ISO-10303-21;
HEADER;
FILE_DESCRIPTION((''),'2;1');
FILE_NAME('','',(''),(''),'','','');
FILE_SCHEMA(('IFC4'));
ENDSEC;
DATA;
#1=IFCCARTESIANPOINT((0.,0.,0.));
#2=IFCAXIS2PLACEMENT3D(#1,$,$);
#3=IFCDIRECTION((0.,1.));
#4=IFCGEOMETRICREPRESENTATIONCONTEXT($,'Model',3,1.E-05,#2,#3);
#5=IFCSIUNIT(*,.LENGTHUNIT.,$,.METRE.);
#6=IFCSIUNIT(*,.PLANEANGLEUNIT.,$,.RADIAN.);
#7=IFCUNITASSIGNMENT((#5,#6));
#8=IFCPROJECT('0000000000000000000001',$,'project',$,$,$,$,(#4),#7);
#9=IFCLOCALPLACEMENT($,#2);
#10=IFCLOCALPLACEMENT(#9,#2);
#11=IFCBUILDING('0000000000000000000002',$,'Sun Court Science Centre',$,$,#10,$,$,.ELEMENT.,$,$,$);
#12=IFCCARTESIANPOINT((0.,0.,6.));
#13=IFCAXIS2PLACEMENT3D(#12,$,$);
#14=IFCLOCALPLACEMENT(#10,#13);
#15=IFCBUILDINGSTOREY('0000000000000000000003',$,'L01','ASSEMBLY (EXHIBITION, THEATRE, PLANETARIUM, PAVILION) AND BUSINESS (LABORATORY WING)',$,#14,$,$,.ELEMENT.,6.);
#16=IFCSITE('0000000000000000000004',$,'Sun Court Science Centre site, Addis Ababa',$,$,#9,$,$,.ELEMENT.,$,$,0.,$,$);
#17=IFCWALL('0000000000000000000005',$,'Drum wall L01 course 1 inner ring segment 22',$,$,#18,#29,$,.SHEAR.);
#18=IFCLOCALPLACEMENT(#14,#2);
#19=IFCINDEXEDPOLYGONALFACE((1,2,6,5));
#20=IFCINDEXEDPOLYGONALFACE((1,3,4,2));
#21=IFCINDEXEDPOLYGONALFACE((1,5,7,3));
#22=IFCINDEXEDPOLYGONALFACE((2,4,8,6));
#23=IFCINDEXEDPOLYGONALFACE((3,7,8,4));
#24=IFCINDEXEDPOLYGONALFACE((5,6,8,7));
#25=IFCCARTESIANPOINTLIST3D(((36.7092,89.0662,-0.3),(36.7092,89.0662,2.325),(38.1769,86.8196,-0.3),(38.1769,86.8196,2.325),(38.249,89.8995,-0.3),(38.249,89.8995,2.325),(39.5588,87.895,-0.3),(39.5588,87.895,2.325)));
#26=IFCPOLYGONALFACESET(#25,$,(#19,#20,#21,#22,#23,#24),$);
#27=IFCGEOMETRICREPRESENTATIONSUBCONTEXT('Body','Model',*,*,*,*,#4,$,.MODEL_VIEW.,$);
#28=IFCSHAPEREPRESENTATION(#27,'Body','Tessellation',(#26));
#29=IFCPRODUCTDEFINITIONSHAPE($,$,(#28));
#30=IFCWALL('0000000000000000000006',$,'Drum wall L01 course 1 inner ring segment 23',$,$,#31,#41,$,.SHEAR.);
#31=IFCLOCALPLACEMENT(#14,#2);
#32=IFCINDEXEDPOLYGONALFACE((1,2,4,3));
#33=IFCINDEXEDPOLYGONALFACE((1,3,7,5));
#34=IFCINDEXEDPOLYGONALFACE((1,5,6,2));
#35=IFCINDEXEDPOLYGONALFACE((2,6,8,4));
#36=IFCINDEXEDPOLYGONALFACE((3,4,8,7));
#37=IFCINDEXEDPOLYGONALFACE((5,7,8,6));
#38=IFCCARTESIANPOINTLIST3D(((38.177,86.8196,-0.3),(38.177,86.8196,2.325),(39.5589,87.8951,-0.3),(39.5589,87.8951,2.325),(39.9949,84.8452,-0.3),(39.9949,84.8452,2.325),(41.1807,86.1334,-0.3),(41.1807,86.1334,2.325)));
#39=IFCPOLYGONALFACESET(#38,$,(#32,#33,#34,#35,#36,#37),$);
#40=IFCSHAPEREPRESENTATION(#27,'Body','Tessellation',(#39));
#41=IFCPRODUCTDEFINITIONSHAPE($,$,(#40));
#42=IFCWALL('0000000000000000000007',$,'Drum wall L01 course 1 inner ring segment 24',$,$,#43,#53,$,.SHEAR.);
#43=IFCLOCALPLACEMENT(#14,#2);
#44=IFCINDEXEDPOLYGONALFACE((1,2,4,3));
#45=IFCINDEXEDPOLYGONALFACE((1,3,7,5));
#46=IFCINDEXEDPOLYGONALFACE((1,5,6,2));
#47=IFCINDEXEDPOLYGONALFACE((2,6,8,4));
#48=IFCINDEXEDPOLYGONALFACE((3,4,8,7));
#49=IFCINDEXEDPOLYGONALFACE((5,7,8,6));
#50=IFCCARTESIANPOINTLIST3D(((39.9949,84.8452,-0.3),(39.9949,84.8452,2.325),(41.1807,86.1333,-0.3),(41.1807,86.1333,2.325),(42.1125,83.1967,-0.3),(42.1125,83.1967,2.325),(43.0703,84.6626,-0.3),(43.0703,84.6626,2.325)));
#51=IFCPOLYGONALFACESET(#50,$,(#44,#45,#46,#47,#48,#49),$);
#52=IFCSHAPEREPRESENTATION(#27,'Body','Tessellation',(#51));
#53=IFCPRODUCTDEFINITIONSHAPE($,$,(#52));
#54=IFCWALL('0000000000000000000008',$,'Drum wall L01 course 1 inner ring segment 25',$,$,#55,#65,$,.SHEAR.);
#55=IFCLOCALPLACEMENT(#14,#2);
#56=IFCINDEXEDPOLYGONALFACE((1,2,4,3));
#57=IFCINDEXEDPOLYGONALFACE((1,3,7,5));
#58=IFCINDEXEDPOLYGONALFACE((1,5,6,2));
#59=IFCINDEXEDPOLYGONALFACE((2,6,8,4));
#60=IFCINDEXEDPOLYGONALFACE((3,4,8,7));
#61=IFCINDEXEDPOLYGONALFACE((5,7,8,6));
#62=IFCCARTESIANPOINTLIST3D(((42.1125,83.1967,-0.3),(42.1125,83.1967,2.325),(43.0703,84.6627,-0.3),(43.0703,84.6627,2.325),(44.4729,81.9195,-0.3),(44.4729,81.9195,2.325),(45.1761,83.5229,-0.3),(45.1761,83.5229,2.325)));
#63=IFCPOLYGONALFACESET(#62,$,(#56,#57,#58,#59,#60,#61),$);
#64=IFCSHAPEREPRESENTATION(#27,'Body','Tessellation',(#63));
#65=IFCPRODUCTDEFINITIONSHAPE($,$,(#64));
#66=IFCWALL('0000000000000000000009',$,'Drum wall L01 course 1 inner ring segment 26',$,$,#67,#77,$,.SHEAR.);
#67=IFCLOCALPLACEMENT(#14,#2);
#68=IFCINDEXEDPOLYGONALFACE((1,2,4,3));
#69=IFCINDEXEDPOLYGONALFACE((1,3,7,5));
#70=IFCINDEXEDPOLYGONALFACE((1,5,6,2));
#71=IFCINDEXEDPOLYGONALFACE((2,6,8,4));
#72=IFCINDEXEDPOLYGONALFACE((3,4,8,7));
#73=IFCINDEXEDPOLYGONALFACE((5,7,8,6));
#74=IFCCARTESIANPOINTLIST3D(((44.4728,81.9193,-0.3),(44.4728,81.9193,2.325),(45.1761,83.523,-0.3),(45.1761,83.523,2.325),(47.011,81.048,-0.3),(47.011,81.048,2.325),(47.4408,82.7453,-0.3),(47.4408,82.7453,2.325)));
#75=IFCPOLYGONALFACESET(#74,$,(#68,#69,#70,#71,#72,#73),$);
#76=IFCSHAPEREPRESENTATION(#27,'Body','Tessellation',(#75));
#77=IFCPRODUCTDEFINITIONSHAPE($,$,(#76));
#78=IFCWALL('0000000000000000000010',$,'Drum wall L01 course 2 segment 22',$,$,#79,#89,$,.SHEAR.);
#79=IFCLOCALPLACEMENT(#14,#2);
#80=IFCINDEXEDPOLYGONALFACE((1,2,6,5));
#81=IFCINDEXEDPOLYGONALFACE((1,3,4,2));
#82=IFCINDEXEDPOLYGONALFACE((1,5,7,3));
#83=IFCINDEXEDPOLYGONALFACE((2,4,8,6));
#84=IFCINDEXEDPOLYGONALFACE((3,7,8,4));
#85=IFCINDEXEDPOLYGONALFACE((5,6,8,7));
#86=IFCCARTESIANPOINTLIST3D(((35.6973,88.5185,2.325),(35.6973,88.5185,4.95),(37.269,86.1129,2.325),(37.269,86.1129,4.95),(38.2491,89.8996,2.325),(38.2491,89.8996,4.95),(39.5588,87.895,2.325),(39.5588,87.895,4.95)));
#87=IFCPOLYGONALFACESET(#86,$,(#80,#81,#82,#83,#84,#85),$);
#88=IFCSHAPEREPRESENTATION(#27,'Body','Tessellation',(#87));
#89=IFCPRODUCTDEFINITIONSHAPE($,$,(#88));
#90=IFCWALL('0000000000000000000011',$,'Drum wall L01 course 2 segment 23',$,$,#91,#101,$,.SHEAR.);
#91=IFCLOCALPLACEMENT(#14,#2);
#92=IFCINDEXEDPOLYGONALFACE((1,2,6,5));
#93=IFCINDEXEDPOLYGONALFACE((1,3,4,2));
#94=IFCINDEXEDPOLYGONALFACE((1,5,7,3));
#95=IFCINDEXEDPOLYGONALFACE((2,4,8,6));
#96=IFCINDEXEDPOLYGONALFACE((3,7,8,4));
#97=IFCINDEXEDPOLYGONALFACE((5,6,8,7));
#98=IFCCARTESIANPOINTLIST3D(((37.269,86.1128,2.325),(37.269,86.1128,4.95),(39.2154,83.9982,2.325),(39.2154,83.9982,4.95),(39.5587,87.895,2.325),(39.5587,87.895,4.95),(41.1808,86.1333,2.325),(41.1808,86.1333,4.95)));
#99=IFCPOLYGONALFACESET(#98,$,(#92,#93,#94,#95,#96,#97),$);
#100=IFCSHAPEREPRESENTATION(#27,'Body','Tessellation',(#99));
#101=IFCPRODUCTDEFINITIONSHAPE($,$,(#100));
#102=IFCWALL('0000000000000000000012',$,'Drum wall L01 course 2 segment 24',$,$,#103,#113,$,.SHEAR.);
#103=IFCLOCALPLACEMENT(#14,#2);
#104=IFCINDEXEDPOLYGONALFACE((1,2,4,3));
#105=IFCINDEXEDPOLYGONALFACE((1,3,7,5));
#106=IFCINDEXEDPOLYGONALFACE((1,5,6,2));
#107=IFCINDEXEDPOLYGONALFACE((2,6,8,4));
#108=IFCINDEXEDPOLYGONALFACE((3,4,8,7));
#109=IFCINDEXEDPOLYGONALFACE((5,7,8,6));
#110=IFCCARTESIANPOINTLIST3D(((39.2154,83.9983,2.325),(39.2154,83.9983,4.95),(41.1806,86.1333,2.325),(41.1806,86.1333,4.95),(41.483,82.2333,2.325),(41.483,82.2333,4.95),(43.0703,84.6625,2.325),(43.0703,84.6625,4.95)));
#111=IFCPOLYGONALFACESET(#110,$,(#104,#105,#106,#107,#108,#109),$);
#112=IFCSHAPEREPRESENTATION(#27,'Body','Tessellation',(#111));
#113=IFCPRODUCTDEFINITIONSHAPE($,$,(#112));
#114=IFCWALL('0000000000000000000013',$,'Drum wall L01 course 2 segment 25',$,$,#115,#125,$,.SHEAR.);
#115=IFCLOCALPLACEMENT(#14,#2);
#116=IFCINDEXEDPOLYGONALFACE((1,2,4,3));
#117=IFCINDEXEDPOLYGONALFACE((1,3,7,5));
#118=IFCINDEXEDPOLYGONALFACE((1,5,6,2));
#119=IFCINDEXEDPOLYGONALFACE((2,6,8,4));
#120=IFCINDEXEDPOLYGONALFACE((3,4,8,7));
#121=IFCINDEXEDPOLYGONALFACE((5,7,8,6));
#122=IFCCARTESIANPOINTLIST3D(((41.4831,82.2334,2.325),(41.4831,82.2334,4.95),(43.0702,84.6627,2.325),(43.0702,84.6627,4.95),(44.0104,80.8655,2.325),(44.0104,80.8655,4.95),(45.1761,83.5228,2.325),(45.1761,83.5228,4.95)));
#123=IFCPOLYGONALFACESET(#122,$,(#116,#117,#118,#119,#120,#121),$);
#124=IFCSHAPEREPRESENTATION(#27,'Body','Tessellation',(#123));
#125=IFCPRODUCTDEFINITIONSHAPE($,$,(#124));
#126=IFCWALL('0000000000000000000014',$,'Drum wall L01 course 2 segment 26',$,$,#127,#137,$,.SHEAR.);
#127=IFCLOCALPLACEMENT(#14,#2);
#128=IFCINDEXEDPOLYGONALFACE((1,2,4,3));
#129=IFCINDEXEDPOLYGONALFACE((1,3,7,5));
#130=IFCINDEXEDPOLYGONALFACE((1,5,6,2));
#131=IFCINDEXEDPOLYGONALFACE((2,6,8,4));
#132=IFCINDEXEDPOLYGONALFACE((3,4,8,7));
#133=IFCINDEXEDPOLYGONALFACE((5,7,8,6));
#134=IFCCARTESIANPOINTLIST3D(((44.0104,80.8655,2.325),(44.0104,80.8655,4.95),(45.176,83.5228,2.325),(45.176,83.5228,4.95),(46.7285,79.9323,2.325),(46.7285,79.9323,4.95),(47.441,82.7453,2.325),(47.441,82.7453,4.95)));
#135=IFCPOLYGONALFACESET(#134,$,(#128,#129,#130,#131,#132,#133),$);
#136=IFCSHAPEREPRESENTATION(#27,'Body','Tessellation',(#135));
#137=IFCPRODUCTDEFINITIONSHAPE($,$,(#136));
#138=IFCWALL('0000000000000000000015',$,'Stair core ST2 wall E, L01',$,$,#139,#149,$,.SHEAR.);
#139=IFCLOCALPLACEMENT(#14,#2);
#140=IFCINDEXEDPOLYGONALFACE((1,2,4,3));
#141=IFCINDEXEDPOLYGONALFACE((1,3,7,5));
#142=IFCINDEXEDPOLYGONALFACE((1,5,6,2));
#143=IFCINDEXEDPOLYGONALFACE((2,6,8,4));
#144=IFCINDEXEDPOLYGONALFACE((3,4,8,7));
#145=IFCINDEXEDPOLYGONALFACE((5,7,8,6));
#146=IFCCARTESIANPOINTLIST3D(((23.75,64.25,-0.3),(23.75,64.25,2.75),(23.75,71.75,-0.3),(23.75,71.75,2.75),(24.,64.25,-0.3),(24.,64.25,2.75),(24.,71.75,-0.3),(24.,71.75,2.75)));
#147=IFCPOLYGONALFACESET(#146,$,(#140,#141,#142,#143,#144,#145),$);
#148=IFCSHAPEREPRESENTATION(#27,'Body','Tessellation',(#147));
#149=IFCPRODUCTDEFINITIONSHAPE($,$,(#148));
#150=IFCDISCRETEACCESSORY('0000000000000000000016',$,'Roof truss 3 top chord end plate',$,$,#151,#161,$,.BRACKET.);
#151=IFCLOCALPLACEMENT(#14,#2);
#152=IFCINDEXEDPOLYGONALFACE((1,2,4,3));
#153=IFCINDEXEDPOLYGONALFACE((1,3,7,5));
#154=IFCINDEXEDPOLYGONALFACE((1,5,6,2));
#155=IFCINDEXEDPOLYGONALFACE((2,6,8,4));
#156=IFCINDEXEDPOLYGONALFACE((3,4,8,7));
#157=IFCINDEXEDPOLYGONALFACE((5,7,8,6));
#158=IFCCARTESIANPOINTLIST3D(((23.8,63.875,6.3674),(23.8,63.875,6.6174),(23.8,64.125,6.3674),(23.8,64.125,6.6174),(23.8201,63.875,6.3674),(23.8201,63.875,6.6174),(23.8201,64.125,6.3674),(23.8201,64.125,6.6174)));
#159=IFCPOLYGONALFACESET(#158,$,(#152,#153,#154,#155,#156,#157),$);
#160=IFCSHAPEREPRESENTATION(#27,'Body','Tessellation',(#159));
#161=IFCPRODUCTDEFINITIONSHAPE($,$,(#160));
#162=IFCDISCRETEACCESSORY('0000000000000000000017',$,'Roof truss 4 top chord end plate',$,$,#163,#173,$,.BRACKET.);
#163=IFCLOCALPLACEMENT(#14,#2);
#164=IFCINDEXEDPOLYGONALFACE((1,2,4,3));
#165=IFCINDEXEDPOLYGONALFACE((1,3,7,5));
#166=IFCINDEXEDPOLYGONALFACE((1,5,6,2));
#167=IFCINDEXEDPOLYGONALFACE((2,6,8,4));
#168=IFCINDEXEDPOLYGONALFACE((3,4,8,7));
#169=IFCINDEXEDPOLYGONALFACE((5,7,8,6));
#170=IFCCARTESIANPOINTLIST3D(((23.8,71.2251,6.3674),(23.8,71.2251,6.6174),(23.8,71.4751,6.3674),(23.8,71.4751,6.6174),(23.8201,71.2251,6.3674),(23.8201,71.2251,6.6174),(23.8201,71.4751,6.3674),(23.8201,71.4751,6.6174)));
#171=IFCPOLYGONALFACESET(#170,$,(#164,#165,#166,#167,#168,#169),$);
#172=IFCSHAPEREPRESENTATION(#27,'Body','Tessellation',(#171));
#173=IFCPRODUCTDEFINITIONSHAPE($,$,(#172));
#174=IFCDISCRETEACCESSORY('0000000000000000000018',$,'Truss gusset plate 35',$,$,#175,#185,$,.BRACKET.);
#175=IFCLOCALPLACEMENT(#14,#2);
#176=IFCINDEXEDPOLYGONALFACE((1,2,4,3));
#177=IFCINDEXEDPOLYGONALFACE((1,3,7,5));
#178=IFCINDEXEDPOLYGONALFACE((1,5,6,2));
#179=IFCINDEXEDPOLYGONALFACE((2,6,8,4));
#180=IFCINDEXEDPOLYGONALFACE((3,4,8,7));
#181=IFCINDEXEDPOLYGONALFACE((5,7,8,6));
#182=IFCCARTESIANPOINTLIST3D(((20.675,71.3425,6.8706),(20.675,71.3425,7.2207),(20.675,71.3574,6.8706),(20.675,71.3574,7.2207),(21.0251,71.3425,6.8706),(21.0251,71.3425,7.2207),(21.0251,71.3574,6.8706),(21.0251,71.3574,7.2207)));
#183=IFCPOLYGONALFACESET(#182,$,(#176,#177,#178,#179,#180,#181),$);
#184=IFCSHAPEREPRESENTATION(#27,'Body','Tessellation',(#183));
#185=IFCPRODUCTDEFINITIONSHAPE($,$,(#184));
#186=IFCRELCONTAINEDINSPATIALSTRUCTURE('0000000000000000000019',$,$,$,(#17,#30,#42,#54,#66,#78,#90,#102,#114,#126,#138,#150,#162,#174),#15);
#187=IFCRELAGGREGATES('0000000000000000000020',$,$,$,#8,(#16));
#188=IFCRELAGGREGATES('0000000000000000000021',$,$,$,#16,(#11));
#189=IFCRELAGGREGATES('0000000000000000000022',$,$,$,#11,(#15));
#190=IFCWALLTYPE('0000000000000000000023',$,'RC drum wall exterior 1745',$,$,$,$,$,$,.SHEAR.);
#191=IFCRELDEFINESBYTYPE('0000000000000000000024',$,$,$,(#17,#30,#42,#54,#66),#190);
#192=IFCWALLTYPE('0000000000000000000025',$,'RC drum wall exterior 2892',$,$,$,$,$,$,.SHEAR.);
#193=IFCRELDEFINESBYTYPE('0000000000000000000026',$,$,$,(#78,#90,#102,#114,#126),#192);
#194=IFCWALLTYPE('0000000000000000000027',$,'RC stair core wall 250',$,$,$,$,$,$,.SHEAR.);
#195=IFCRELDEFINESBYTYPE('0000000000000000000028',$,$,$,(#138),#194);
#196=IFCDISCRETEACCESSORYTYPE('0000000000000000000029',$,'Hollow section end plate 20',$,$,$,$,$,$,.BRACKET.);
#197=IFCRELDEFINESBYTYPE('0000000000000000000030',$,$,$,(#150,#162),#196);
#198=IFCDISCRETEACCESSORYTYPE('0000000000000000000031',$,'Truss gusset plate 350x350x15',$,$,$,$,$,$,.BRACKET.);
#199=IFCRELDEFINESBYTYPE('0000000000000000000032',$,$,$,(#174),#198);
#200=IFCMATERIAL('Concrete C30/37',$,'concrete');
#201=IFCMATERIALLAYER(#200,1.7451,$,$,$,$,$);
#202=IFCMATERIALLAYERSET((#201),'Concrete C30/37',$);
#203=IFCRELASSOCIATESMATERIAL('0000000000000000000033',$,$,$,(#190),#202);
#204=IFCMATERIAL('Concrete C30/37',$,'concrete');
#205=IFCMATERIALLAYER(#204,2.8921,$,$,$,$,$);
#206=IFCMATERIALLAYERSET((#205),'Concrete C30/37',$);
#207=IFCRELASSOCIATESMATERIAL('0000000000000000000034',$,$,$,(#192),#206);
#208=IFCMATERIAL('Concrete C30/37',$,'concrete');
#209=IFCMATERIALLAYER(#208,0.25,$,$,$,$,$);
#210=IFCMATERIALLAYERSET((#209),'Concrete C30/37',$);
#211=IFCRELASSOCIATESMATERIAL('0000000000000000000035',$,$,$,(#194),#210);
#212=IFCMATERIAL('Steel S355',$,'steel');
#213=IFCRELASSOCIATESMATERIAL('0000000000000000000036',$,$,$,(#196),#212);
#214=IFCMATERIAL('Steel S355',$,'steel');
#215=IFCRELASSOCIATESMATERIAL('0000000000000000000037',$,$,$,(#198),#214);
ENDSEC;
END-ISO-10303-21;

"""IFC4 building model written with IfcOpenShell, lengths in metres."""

from ifc_helpers import new_model, si_unit, direction, frame, frame_2d, origin, origin_2d, place, context, subcontext, project, spatial, polyline, rectangle, outline, extrude, material, layer, layer_set, material_profile, profile_set, type_object, element, save


model = new_model("IFC4")

# Units and contexts
model_context = context("Model", 3, precision=1e-05, world=origin(), true_north=direction((0.0, 1.0)))
body_context = subcontext(model_context, "Body", "Model", "MODEL_VIEW")
ifc_project = project(units=[si_unit("LENGTHUNIT", "METRE"), si_unit("PLANEANGLEUNIT", "RADIAN")], contexts=[model_context])

# Site, building, storey
site_placement = place(None, origin())
site = spatial("IfcSite", under=ifc_project, at=site_placement, Name="Sun Court Science Centre site, Addis Ababa", CompositionType="ELEMENT", RefElevation=0.0)
building_placement = place(site_placement, origin())
building = spatial("IfcBuilding", under=site, at=building_placement, Name="Sun Court Science Centre", CompositionType="ELEMENT")
storey_placement = place(building_placement, frame((0.0, 0.0, 6.0)))
storey = spatial("IfcBuildingStorey", under=building, at=storey_placement, Name="L01", Description="ASSEMBLY (EXHIBITION, THEATRE, PLANETARIUM, PAVILION) AND BUSINESS (LABORATORY WING)", CompositionType="ELEMENT", Elevation=6.0)

# Walls
ifc_material_1 = material(Name="Concrete C30/37", Category="concrete")
ifc_layer_1 = layer(ifc_material_1, 1.7451)
ifc_layer_set_1 = layer_set([ifc_layer_1], Name="Concrete C30/37")
wall_type_1 = type_object("IfcWallType", Name="RC drum wall exterior 1745", PredefinedType="SHEAR", material=ifc_layer_set_1)
wall_1_placement = place(storey_placement, frame((37.4397, 89.5435, -0.3), z_axis=(0.0, 0.0, 1.0), x_axis=(0.546909, -0.837192, 0.0)))
element("IfcWall", 1, at=wall_1_placement, inside=storey, type_object=wall_type_1, Name="Drum wall L01 course 1 inner ring segment 22", PredefinedType="SHEAR", context=body_context, shape_type="SweptSolid", body=[
    extrude(outline(polyline([(0.0, -0.8726), (2.6836, -0.8726), (2.5391, 0.8726), (0.1445, 0.8723), (0.0, -0.8726)])), origin(), (0.0, 0.0, 1.0), 2.625),
])
wall_2_placement = place(storey_placement, frame((38.8191, 87.4104, -0.3), z_axis=(0.0, 0.0, 1.0), x_axis=(0.677301, -0.735706, 0.0)))
element("IfcWall", 2, at=wall_2_placement, inside=storey, type_object=wall_type_1, Name="Drum wall L01 course 1 inner ring segment 23", PredefinedType="SHEAR", context=body_context, shape_type="SweptSolid", body=[
    extrude(outline(polyline([(-0.0002, -0.8726), (2.6836, -0.8723), (2.5391, 0.8726), (0.1445, 0.8726), (-0.0002, -0.8726)])), origin(), (0.0, 0.0, 1.0), 2.625),
])
wall_3_placement = place(storey_placement, frame((40.5305, 85.5337, -0.3), z_axis=(0.0, 0.0, 1.0), x_axis=(0.789142, -0.614211, 0.0)))
element("IfcWall", 3, at=wall_3_placement, inside=storey, type_object=wall_type_1, Name="Drum wall L01 course 1 inner ring segment 24", PredefinedType="SHEAR", context=body_context, shape_type="SweptSolid", body=[
    extrude(outline(polyline([(0.0002, -0.8723), (2.6838, -0.8726), (2.5393, 0.8726), (0.1448, 0.8726), (0.0002, -0.8723)])), origin(), (0.0, 0.0, 1.0), 2.625),
])
wall_4_placement = place(storey_placement, frame((42.5278, 83.9641, -0.3), z_axis=(0.0, 0.0, 1.0), x_axis=(0.879455, -0.475981, 0.0)))
element("IfcWall", 4, at=wall_4_placement, inside=storey, type_object=wall_type_1, Name="Drum wall L01 course 1 inner ring segment 25", PredefinedType="SHEAR", context=body_context, shape_type="SweptSolid", body=[
    extrude(outline(polyline([(0.0, -0.8726), (2.6838, -0.8723), (2.5391, 0.8726), (0.1445, 0.8726), (0.0, -0.8726)])), origin(), (0.0, 0.0, 1.0), 2.625),
])
wall_5_placement = place(storey_placement, frame((44.7561, 82.7446, -0.3), z_axis=(0.0, 0.0, 1.0), x_axis=(0.945825, -0.324675, 0.0)))
element("IfcWall", 5, at=wall_5_placement, inside=storey, type_object=wall_type_1, Name="Drum wall L01 course 1 inner ring segment 26", PredefinedType="SHEAR", context=body_context, shape_type="SweptSolid", body=[
    extrude(outline(polyline([(0.0, -0.8726), (2.6836, -0.8726), (2.5391, 0.8723), (0.1445, 0.8726), (0.0, -0.8726)])), origin(), (0.0, 0.0, 1.0), 2.625),
])
ifc_material_2 = material(Name="Concrete C30/37", Category="concrete")
ifc_layer_2 = layer(ifc_material_2, 2.8921)
ifc_layer_set_2 = layer_set([ifc_layer_2], Name="Concrete C30/37")
wall_type_2 = type_object("IfcWallType", Name="RC drum wall exterior 2892", PredefinedType="SHEAR", material=ifc_layer_set_2)
wall_6_placement = place(storey_placement, frame((36.9077, 89.3093, 2.325), z_axis=(0.0, 0.0, 1.0), x_axis=(0.546952, -0.837164, 0.0)))
element("IfcWall", 6, at=wall_6_placement, inside=storey, type_object=wall_type_2, Name="Drum wall L01 course 2 segment 22", PredefinedType="SHEAR", context=body_context, shape_type="SweptSolid", body=[
    extrude(outline(polyline([(0.0, -1.4458), (2.8735, -1.4458), (2.634, 1.4458), (0.2395, 1.4458), (0.0, -1.4458)])), origin(), (0.0, 0.0, 1.0), 2.625),
])
wall_7_placement = place(storey_placement, frame((38.3328, 87.092, 2.325), z_axis=(0.0, 0.0, 1.0), x_axis=(0.677277, -0.735728, 0.0)))
element("IfcWall", 7, at=wall_7_placement, inside=storey, type_object=wall_type_2, Name="Drum wall L01 course 2 segment 23", PredefinedType="SHEAR", context=body_context, shape_type="SweptSolid", body=[
    extrude(outline(polyline([(0.0, -1.4458), (2.874, -1.446), (2.6343, 1.446), (0.2395, 1.4458), (0.0, -1.4458)])), origin(), (0.0, 0.0, 1.0), 2.625),
])
wall_8_placement = place(storey_placement, frame((40.1033, 85.1394, 2.325), z_axis=(0.0, 0.0, 1.0), x_axis=(0.789137, -0.614217, 0.0)))
element("IfcWall", 8, at=wall_8_placement, inside=storey, type_object=wall_type_2, Name="Drum wall L01 course 2 segment 24", PredefinedType="SHEAR", context=body_context, shape_type="SweptSolid", body=[
    extrude(outline(polyline([(0.0002, -1.4458), (2.8738, -1.4458), (2.6343, 1.446), (0.2397, 1.446), (0.0002, -1.4458)])), origin(), (0.0, 0.0, 1.0), 2.625),
])
wall_9_placement = place(storey_placement, frame((42.1714, 83.5049, 2.325), z_axis=(0.0, 0.0, 1.0), x_axis=(0.879482, -0.475933, 0.0)))
element("IfcWall", 9, at=wall_9_placement, inside=storey, type_object=wall_type_2, Name="Drum wall L01 course 2 segment 25", PredefinedType="SHEAR", context=body_context, shape_type="SweptSolid", body=[
    extrude(outline(polyline([(-0.0002, -1.4458), (2.8735, -1.446), (2.634, 1.4458), (0.2395, 1.446), (-0.0002, -1.4458)])), origin(), (0.0, 0.0, 1.0), 2.625),
])
wall_10_placement = place(storey_placement, frame((44.48, 82.2332, 2.325), z_axis=(0.0, 0.0, 1.0), x_axis=(0.945816, -0.324702, 0.0)))
element("IfcWall", 10, at=wall_10_placement, inside=storey, type_object=wall_type_2, Name="Drum wall L01 course 2 segment 26", PredefinedType="SHEAR", context=body_context, shape_type="SweptSolid", body=[
    extrude(outline(polyline([(0.0, -1.446), (2.8738, -1.446), (2.6343, 1.4458), (0.2395, 1.4458), (0.0, -1.446)])), origin(), (0.0, 0.0, 1.0), 2.625),
])
ifc_material_3 = material(Name="Concrete C30/37", Category="concrete")
ifc_layer_3 = layer(ifc_material_3, 0.25)
ifc_layer_set_3 = layer_set([ifc_layer_3], Name="Concrete C30/37")
wall_type_3 = type_object("IfcWallType", Name="RC stair core wall 250", PredefinedType="SHEAR", material=ifc_layer_set_3)
wall_11_placement = place(storey_placement, frame((23.875, 64.25, -0.3), z_axis=(0.0, 0.0, 1.0), x_axis=(0.0, 1.0, 0.0)))
element("IfcWall", 11, at=wall_11_placement, inside=storey, type_object=wall_type_3, Name="Stair core ST2 wall E, L01", PredefinedType="SHEAR", context=body_context, shape_type="SweptSolid", body=[
    extrude(rectangle(XDim=7.5, YDim=0.25, at=frame_2d((3.75, 0.0))), origin(), (0.0, 0.0, 1.0), 3.05),
])

# Discrete accessories
ifc_material_4 = material(Name="Steel S355", Category="steel")
discrete_accessory_type_1 = type_object("IfcDiscreteAccessoryType", Name="Hollow section end plate 20", PredefinedType="BRACKET", material=ifc_material_4)
for number, where, z_axis, x_axis, name in (
    (12, (23.8101, 64.0, 6.3674), (0.0, 0.0, 1.0), (1.0, 0.0, 0.0), "Roof truss 3 top chord end plate"),
    (13, (23.8101, 71.3501, 6.3674), (0.0, 0.0, 1.0), (1.0, 0.0, 0.0), "Roof truss 4 top chord end plate"),
):
    element("IfcDiscreteAccessory", number, at=place(storey_placement, frame(where, z_axis=z_axis, x_axis=x_axis)), inside=storey, type_object=discrete_accessory_type_1, Name=name, PredefinedType="BRACKET", context=body_context, shape_type="SweptSolid", body=[
        extrude(rectangle(XDim=0.02, YDim=0.25, at=origin_2d()), origin(), (0.0, 0.0, 1.0), 0.25),
    ])
ifc_material_5 = material(Name="Steel S355", Category="steel")
ifc_material_profile_1 = material_profile(ifc_material_5, rectangle(XDim=0.3501, YDim=0.3501, at=origin_2d()), Name="PL 350x350")
ifc_profile_set_1 = profile_set([ifc_material_profile_1], Name="Steel S355")
discrete_accessory_type_2 = type_object("IfcDiscreteAccessoryType", Name="Truss gusset plate 350x350x15", PredefinedType="BRACKET", material=ifc_profile_set_1)
for number, where, z_axis, x_axis, name in (
    (14, (20.8501, 71.3425, 7.0457), (0.0, 1.0, 0.0), (-1.0, 0.0, 0.0), "Truss gusset plate 35"),
):
    element("IfcDiscreteAccessory", number, at=place(storey_placement, frame(where, z_axis=z_axis, x_axis=x_axis)), inside=storey, type_object=discrete_accessory_type_2, Name=name, PredefinedType="BRACKET", context=body_context, shape_type="SweptSolid", body=[
        extrude(rectangle(XDim=0.3501, YDim=0.3501, at=origin_2d()), origin(), (0.0, 0.0, 1.0), 0.0149),
    ])

save(model, "model.ifc")
